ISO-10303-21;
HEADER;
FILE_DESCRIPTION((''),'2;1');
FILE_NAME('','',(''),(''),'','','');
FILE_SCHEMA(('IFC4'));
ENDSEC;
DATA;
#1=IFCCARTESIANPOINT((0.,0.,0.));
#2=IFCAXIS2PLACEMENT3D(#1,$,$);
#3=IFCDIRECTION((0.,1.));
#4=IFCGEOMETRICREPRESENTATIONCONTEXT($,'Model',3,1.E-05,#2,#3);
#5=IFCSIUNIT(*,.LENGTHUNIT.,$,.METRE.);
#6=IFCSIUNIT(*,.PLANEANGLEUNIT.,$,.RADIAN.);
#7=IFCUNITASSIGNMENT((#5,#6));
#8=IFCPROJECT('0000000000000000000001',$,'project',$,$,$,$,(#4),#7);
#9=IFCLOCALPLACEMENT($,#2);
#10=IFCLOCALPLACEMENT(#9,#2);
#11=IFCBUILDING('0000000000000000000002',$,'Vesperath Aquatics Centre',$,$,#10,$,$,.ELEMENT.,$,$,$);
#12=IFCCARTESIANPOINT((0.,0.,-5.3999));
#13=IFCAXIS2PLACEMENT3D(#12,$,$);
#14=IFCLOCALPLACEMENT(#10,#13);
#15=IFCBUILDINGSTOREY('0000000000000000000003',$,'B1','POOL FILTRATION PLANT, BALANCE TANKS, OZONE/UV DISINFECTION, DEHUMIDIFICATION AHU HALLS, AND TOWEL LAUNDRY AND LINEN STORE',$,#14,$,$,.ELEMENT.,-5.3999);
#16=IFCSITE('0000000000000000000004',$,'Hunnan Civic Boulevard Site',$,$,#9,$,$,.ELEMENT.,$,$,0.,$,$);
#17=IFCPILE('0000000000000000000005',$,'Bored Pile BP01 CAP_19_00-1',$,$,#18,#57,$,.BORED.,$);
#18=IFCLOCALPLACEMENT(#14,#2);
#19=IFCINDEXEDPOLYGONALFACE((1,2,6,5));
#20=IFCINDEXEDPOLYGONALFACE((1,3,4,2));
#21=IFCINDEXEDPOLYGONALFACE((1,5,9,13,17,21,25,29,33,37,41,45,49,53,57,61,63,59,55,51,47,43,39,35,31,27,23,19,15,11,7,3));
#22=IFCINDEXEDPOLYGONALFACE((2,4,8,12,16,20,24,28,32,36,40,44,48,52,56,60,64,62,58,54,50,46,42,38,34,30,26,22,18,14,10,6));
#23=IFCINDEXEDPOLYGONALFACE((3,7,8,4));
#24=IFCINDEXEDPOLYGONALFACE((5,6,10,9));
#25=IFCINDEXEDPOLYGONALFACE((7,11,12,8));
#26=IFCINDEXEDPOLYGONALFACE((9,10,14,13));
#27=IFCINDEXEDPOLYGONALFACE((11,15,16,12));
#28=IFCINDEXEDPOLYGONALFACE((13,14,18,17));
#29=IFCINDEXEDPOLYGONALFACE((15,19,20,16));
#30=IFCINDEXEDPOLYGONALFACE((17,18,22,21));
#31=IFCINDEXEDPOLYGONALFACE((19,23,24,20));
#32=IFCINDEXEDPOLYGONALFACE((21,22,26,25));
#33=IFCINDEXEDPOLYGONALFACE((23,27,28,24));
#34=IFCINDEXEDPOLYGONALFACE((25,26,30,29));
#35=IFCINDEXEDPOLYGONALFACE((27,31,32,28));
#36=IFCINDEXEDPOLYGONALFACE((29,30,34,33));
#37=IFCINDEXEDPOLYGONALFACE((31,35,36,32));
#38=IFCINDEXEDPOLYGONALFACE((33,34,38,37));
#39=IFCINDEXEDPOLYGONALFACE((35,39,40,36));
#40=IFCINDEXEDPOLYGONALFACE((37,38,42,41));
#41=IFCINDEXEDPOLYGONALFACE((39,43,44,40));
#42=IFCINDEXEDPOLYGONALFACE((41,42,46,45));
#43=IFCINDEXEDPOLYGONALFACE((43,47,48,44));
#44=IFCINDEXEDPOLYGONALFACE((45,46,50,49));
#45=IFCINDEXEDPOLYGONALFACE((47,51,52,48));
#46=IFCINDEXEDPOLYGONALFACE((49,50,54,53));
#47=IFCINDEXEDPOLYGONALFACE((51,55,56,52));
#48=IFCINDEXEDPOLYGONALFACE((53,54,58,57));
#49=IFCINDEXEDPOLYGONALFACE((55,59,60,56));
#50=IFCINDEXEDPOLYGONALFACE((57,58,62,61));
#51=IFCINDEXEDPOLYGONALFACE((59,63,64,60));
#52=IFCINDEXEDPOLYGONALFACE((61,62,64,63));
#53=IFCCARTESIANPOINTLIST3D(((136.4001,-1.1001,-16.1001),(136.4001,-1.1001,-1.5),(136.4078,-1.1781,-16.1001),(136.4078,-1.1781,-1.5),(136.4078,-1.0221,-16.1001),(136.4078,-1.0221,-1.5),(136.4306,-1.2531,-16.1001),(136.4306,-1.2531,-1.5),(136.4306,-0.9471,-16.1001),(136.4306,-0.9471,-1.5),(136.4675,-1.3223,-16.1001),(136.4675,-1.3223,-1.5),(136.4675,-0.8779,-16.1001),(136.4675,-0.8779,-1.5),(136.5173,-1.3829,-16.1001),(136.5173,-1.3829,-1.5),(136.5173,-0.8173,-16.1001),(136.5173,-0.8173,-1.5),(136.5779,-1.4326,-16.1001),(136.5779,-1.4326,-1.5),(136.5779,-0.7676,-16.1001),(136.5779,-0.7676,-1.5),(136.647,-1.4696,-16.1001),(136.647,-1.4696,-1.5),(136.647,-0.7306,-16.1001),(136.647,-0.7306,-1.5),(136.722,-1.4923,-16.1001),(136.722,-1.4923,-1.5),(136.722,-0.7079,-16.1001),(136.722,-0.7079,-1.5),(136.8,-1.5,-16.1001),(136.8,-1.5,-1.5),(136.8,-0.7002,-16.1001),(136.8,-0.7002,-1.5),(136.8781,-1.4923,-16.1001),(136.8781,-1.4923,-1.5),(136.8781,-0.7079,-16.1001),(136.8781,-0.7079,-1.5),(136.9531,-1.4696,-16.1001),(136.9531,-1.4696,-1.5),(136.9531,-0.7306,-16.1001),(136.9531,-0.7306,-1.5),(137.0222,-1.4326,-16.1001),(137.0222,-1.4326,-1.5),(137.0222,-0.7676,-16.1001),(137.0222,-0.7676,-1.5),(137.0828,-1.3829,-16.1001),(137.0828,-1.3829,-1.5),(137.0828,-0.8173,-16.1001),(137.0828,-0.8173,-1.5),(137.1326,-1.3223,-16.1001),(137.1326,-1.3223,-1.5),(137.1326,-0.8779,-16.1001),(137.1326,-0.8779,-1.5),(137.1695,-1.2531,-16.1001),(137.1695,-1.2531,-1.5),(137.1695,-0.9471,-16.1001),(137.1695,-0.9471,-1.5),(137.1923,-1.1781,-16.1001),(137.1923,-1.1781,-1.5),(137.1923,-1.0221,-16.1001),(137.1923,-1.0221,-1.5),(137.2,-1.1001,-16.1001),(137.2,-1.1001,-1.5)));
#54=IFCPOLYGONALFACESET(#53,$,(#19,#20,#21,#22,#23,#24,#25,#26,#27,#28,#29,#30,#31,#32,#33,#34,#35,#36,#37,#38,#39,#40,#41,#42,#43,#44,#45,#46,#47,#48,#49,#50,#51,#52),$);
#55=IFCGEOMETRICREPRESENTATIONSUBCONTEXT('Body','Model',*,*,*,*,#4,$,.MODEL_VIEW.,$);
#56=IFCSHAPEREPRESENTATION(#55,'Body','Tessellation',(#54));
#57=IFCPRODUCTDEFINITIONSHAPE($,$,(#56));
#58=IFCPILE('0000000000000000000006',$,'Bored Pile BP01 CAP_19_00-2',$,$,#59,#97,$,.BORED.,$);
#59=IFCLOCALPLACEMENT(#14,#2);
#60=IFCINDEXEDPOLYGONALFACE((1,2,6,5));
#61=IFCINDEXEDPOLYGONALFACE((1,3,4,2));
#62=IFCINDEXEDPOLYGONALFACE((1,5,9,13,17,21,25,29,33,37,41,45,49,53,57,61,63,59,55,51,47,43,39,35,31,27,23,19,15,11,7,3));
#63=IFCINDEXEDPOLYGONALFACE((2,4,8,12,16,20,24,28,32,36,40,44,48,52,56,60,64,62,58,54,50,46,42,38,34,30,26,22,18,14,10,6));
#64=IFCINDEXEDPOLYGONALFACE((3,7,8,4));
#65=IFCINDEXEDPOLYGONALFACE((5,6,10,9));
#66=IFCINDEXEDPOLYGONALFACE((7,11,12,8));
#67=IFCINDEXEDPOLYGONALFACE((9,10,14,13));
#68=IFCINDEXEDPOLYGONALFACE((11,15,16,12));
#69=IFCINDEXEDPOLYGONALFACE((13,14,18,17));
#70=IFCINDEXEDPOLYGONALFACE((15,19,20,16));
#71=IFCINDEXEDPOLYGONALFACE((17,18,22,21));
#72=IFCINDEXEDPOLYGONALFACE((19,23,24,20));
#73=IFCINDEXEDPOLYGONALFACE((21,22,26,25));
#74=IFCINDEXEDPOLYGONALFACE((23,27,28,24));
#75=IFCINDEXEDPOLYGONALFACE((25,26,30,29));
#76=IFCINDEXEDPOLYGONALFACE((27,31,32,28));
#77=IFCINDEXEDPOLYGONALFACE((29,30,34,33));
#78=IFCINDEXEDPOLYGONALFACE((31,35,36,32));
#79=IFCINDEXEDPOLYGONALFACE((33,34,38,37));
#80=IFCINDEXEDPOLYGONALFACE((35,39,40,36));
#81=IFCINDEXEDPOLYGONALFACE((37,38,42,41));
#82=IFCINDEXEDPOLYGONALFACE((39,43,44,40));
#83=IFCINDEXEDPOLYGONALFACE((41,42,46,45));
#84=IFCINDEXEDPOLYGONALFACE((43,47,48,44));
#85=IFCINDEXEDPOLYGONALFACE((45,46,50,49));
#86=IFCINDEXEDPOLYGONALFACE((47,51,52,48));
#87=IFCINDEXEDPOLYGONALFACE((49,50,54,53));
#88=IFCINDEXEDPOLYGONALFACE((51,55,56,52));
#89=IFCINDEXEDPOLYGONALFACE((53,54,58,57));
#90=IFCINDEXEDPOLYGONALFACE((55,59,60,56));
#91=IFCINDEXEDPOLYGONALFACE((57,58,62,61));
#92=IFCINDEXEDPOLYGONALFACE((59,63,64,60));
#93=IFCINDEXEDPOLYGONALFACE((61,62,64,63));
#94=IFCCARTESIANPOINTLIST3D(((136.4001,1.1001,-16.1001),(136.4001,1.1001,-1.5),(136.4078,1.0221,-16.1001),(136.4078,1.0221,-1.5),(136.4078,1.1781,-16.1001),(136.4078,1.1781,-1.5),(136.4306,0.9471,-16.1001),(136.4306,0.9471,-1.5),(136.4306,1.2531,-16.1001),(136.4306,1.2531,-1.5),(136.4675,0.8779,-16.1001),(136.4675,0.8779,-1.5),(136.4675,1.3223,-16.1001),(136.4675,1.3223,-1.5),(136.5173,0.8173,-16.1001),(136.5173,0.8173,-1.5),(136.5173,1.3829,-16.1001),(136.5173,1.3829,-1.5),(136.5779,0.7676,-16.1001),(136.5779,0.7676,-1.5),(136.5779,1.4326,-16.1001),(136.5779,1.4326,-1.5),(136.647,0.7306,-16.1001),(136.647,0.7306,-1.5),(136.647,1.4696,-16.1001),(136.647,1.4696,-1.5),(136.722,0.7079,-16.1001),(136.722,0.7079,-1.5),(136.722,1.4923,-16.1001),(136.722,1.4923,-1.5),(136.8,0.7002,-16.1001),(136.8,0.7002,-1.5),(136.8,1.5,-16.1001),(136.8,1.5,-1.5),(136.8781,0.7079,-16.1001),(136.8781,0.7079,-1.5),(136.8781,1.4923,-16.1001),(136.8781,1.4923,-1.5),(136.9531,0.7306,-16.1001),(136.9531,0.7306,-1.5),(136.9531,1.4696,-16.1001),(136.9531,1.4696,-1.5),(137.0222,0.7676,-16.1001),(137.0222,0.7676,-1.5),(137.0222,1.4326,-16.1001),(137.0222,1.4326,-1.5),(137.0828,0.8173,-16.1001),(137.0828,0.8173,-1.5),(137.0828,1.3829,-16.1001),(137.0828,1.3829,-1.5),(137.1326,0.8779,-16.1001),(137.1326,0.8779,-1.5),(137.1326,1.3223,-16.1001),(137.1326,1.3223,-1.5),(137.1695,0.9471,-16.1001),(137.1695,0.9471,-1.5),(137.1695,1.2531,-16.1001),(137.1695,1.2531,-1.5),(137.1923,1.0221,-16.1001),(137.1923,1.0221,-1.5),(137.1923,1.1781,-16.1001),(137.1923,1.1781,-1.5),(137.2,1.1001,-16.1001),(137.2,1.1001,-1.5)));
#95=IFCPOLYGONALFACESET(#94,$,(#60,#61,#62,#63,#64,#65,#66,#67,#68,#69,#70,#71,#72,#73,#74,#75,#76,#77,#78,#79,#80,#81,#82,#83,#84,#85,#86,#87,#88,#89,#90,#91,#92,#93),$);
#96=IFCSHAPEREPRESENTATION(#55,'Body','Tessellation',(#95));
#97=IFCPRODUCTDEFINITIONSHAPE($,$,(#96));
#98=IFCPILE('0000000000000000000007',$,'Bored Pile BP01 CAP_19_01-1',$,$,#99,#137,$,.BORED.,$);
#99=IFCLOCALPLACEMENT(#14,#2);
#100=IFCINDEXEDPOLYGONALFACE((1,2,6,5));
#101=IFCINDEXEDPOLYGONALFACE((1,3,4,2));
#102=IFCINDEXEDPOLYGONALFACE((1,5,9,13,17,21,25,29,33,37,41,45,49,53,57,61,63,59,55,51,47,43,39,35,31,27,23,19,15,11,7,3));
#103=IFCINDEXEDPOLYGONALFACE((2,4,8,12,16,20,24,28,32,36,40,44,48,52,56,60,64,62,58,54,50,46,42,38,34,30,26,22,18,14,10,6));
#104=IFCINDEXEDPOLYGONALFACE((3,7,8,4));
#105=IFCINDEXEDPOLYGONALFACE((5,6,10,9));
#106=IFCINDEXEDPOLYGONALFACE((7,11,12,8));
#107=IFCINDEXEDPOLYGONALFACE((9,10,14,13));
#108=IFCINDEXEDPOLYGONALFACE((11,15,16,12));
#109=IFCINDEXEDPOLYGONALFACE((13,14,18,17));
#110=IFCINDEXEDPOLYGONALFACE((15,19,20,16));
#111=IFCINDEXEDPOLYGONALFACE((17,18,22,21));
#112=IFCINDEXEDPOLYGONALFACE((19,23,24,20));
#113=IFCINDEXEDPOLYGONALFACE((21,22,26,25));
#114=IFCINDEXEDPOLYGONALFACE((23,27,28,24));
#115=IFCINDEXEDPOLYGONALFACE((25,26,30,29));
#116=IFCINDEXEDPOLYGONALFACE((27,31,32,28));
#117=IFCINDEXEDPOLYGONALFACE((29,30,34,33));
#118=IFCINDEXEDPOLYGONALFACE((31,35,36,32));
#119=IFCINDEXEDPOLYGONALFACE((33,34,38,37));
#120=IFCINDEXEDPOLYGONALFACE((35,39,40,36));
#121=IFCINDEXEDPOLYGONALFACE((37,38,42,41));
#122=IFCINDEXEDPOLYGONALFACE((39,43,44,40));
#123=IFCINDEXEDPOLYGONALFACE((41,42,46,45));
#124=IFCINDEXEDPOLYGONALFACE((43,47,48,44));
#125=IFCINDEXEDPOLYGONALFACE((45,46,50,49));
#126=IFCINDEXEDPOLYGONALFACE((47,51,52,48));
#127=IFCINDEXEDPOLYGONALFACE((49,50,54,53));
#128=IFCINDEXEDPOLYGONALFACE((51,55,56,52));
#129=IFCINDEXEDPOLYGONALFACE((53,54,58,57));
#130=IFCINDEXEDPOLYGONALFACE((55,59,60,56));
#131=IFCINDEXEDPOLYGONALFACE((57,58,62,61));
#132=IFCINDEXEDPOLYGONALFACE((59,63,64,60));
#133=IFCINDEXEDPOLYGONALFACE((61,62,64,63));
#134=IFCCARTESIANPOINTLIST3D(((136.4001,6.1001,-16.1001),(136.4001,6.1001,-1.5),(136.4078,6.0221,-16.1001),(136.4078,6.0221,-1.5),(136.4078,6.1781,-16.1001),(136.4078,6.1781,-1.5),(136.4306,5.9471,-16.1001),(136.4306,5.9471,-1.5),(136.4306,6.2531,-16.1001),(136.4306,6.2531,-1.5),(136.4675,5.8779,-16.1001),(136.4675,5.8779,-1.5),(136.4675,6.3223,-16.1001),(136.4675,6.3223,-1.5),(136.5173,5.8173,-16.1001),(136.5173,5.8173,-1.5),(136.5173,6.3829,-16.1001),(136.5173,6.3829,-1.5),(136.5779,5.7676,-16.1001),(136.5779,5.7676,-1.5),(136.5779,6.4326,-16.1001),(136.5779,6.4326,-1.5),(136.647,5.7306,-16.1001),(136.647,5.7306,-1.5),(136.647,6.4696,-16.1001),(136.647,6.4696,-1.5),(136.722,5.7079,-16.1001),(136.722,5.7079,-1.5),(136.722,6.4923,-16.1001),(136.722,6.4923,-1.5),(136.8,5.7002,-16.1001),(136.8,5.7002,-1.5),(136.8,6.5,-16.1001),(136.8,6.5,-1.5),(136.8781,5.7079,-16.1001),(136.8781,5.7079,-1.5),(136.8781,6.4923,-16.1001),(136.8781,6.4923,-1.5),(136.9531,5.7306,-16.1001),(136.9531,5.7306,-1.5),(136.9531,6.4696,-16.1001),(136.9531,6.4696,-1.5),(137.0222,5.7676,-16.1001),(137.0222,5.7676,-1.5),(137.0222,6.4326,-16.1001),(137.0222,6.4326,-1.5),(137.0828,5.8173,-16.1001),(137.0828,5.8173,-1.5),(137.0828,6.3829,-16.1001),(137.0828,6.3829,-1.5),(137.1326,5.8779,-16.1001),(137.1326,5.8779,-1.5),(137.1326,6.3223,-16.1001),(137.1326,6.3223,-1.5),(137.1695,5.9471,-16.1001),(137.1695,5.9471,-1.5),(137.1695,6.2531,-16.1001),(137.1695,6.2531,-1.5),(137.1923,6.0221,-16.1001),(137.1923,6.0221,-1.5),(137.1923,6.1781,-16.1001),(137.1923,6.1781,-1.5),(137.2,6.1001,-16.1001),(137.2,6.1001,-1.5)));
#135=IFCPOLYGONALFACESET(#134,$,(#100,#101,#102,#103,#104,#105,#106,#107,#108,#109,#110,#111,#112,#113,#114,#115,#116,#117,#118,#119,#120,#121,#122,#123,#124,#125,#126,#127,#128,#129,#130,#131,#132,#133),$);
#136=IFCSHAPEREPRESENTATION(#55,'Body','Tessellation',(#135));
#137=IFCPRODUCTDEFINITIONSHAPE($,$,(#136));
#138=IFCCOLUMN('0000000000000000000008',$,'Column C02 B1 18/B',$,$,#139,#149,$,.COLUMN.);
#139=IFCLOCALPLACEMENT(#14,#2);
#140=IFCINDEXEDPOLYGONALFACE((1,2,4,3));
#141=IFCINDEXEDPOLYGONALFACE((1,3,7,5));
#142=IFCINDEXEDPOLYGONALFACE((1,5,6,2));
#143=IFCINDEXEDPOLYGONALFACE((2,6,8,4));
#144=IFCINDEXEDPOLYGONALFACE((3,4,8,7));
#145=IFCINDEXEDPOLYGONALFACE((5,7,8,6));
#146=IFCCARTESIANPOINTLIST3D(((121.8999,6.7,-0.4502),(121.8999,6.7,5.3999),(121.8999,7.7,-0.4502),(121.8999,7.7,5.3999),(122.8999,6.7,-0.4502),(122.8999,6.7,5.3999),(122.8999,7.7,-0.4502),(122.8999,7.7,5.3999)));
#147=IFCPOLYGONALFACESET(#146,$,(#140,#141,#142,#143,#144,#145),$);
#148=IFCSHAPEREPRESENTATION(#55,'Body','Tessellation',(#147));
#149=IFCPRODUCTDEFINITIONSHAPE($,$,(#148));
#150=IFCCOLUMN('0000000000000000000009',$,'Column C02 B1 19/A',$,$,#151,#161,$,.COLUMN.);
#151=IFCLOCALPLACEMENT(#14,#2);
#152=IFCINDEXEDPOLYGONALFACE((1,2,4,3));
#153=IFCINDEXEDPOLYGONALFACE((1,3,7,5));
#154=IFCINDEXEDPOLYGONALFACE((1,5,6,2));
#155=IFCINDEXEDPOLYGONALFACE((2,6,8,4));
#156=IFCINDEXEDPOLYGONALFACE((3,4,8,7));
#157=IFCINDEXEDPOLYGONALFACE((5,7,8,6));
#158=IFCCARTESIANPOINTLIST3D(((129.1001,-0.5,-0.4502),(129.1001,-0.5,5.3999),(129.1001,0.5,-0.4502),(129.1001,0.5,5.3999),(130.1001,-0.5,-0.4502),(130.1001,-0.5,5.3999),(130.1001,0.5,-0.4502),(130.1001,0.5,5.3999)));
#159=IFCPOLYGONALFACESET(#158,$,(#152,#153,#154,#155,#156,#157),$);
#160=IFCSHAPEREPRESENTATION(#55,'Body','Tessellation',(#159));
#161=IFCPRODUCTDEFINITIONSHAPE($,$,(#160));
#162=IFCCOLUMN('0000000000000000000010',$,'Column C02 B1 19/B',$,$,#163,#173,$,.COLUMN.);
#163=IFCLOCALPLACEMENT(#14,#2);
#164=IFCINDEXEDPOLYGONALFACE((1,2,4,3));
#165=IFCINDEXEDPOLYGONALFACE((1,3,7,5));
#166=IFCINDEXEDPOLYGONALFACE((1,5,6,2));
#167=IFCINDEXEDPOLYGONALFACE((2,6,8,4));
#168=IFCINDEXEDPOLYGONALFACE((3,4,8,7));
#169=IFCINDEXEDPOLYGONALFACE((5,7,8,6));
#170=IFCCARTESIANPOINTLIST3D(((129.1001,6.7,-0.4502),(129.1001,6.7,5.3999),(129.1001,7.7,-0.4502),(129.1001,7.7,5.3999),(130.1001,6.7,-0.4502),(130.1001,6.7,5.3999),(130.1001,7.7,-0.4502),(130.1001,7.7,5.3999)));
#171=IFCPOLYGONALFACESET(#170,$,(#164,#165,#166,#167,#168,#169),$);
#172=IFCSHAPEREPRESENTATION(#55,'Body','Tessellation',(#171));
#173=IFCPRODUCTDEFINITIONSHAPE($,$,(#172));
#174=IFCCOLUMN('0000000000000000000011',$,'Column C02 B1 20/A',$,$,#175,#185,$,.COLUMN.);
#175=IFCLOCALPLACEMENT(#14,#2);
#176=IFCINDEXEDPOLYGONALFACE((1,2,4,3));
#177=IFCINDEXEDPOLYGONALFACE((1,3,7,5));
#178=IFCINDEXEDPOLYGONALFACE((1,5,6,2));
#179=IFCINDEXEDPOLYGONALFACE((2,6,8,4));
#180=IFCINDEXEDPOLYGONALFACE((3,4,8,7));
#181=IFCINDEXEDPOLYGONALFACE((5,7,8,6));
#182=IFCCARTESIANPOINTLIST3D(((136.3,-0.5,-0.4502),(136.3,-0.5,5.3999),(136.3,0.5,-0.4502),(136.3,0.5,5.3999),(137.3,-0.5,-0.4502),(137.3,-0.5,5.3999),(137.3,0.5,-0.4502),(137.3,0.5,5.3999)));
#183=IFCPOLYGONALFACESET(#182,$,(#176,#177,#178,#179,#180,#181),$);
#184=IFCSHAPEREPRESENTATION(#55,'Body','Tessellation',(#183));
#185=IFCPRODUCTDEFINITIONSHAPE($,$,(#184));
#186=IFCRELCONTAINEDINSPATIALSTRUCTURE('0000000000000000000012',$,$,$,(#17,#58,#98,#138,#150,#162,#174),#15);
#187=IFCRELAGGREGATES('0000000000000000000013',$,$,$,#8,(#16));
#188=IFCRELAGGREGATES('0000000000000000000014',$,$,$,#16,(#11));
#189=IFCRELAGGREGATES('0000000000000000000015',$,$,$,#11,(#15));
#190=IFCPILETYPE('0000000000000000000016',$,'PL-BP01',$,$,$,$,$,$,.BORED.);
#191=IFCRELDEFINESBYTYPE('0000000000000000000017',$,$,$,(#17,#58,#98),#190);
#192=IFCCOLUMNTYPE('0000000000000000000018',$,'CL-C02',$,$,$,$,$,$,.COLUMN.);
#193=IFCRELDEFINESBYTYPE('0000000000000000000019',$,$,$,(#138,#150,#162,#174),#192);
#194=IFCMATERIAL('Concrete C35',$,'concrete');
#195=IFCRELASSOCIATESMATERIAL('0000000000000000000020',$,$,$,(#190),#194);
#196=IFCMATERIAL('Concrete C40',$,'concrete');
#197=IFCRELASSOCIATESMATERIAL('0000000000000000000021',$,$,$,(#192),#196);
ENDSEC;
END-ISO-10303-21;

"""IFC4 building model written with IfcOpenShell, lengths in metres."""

from ifc_helpers import new_model, si_unit, direction, frame, origin, origin_2d, place, context, subcontext, project, spatial, rectangle, circle, extrude, material, material_profile, profile_set, type_object, element, save


model = new_model("IFC4")

# Units and contexts
model_context = context("Model", 3, precision=1e-05, world=origin(), true_north=direction((0.0, 1.0)))
body_context = subcontext(model_context, "Body", "Model", "MODEL_VIEW")
ifc_project = project(units=[si_unit("LENGTHUNIT", "METRE"), si_unit("PLANEANGLEUNIT", "RADIAN")], contexts=[model_context])

# Site, building, storey
site_placement = place(None, origin())
site = spatial("IfcSite", under=ifc_project, at=site_placement, Name="Hunnan Civic Boulevard Site", CompositionType="ELEMENT", RefElevation=0.0)
building_placement = place(site_placement, origin())
building = spatial("IfcBuilding", under=site, at=building_placement, Name="Vesperath Aquatics Centre", CompositionType="ELEMENT")
storey_placement = place(building_placement, frame((0.0, 0.0, -5.3999)))
storey = spatial("IfcBuildingStorey", under=building, at=storey_placement, Name="B1", Description="POOL FILTRATION PLANT, BALANCE TANKS, OZONE/UV DISINFECTION, DEHUMIDIFICATION AHU HALLS, AND TOWEL LAUNDRY AND LINEN STORE", CompositionType="ELEMENT", Elevation=-5.3999)

# Shared definitions
ifc_material_1 = material(Name="Concrete C40", Category="concrete")

# Piles
ifc_material_2 = material(Name="Concrete C35", Category="concrete")
ifc_material_profile_1 = material_profile(ifc_material_2, circle(Radius=0.3999, at=origin_2d()), Name="PILE D800")
ifc_profile_set_1 = profile_set([ifc_material_profile_1], Name="Concrete C35")
pile_type = type_object("IfcPileType", Name="PL-BP01", PredefinedType="BORED", material=ifc_profile_set_1)
for number, where, z_axis, x_axis, name in (
    (1, (136.8, -1.1001, -1.5), (0.0, 0.0, -1.0), (1.0, 0.0, 0.0), "Bored Pile BP01 CAP_19_00-1"),
    (2, (136.8, 1.1001, -1.5), (0.0, 0.0, -1.0), (1.0, 0.0, 0.0), "Bored Pile BP01 CAP_19_00-2"),
    (3, (136.8, 6.1001, -1.5), (0.0, 0.0, -1.0), (1.0, 0.0, 0.0), "Bored Pile BP01 CAP_19_01-1"),
):
    element("IfcPile", number, at=place(storey_placement, frame(where, z_axis=z_axis, x_axis=x_axis)), inside=storey, type_object=pile_type, Name=name, PredefinedType="BORED", context=body_context, shape_type="SweptSolid", body=[
        extrude(circle(Radius=0.3999, at=origin_2d()), origin(), (0.0, 0.0, 1.0), 14.6001),
    ])

# Columns
ifc_material_profile_2 = material_profile(ifc_material_1, rectangle(XDim=1.0, YDim=1.0, at=origin_2d()), Name="RC 1000x1000")
ifc_profile_set_2 = profile_set([ifc_material_profile_2], Name="Concrete C40")
column_type = type_object("IfcColumnType", Name="CL-C02", PredefinedType="COLUMN", material=ifc_profile_set_2)
for number, where, z_axis, x_axis, name in (
    (4, (122.3999, 7.2, -0.4502), (0.0, 0.0, 1.0), (1.0, 0.0, 0.0), "Column C02 B1 18/B"),
    (5, (129.6001, 0.0, -0.4502), (0.0, 0.0, 1.0), (1.0, 0.0, 0.0), "Column C02 B1 19/A"),
    (6, (129.6001, 7.2, -0.4502), (0.0, 0.0, 1.0), (1.0, 0.0, 0.0), "Column C02 B1 19/B"),
    (7, (136.8, 0.0, -0.4502), (0.0, 0.0, 1.0), (1.0, 0.0, 0.0), "Column C02 B1 20/A"),
):
    element("IfcColumn", number, at=place(storey_placement, frame(where, z_axis=z_axis, x_axis=x_axis)), inside=storey, type_object=column_type, Name=name, PredefinedType="COLUMN", context=body_context, shape_type="SweptSolid", body=[
        extrude(rectangle(XDim=1.0, YDim=1.0, at=origin_2d()), origin(), (0.0, 0.0, 1.0), 5.8501),
    ])

save(model, "model.ifc")
